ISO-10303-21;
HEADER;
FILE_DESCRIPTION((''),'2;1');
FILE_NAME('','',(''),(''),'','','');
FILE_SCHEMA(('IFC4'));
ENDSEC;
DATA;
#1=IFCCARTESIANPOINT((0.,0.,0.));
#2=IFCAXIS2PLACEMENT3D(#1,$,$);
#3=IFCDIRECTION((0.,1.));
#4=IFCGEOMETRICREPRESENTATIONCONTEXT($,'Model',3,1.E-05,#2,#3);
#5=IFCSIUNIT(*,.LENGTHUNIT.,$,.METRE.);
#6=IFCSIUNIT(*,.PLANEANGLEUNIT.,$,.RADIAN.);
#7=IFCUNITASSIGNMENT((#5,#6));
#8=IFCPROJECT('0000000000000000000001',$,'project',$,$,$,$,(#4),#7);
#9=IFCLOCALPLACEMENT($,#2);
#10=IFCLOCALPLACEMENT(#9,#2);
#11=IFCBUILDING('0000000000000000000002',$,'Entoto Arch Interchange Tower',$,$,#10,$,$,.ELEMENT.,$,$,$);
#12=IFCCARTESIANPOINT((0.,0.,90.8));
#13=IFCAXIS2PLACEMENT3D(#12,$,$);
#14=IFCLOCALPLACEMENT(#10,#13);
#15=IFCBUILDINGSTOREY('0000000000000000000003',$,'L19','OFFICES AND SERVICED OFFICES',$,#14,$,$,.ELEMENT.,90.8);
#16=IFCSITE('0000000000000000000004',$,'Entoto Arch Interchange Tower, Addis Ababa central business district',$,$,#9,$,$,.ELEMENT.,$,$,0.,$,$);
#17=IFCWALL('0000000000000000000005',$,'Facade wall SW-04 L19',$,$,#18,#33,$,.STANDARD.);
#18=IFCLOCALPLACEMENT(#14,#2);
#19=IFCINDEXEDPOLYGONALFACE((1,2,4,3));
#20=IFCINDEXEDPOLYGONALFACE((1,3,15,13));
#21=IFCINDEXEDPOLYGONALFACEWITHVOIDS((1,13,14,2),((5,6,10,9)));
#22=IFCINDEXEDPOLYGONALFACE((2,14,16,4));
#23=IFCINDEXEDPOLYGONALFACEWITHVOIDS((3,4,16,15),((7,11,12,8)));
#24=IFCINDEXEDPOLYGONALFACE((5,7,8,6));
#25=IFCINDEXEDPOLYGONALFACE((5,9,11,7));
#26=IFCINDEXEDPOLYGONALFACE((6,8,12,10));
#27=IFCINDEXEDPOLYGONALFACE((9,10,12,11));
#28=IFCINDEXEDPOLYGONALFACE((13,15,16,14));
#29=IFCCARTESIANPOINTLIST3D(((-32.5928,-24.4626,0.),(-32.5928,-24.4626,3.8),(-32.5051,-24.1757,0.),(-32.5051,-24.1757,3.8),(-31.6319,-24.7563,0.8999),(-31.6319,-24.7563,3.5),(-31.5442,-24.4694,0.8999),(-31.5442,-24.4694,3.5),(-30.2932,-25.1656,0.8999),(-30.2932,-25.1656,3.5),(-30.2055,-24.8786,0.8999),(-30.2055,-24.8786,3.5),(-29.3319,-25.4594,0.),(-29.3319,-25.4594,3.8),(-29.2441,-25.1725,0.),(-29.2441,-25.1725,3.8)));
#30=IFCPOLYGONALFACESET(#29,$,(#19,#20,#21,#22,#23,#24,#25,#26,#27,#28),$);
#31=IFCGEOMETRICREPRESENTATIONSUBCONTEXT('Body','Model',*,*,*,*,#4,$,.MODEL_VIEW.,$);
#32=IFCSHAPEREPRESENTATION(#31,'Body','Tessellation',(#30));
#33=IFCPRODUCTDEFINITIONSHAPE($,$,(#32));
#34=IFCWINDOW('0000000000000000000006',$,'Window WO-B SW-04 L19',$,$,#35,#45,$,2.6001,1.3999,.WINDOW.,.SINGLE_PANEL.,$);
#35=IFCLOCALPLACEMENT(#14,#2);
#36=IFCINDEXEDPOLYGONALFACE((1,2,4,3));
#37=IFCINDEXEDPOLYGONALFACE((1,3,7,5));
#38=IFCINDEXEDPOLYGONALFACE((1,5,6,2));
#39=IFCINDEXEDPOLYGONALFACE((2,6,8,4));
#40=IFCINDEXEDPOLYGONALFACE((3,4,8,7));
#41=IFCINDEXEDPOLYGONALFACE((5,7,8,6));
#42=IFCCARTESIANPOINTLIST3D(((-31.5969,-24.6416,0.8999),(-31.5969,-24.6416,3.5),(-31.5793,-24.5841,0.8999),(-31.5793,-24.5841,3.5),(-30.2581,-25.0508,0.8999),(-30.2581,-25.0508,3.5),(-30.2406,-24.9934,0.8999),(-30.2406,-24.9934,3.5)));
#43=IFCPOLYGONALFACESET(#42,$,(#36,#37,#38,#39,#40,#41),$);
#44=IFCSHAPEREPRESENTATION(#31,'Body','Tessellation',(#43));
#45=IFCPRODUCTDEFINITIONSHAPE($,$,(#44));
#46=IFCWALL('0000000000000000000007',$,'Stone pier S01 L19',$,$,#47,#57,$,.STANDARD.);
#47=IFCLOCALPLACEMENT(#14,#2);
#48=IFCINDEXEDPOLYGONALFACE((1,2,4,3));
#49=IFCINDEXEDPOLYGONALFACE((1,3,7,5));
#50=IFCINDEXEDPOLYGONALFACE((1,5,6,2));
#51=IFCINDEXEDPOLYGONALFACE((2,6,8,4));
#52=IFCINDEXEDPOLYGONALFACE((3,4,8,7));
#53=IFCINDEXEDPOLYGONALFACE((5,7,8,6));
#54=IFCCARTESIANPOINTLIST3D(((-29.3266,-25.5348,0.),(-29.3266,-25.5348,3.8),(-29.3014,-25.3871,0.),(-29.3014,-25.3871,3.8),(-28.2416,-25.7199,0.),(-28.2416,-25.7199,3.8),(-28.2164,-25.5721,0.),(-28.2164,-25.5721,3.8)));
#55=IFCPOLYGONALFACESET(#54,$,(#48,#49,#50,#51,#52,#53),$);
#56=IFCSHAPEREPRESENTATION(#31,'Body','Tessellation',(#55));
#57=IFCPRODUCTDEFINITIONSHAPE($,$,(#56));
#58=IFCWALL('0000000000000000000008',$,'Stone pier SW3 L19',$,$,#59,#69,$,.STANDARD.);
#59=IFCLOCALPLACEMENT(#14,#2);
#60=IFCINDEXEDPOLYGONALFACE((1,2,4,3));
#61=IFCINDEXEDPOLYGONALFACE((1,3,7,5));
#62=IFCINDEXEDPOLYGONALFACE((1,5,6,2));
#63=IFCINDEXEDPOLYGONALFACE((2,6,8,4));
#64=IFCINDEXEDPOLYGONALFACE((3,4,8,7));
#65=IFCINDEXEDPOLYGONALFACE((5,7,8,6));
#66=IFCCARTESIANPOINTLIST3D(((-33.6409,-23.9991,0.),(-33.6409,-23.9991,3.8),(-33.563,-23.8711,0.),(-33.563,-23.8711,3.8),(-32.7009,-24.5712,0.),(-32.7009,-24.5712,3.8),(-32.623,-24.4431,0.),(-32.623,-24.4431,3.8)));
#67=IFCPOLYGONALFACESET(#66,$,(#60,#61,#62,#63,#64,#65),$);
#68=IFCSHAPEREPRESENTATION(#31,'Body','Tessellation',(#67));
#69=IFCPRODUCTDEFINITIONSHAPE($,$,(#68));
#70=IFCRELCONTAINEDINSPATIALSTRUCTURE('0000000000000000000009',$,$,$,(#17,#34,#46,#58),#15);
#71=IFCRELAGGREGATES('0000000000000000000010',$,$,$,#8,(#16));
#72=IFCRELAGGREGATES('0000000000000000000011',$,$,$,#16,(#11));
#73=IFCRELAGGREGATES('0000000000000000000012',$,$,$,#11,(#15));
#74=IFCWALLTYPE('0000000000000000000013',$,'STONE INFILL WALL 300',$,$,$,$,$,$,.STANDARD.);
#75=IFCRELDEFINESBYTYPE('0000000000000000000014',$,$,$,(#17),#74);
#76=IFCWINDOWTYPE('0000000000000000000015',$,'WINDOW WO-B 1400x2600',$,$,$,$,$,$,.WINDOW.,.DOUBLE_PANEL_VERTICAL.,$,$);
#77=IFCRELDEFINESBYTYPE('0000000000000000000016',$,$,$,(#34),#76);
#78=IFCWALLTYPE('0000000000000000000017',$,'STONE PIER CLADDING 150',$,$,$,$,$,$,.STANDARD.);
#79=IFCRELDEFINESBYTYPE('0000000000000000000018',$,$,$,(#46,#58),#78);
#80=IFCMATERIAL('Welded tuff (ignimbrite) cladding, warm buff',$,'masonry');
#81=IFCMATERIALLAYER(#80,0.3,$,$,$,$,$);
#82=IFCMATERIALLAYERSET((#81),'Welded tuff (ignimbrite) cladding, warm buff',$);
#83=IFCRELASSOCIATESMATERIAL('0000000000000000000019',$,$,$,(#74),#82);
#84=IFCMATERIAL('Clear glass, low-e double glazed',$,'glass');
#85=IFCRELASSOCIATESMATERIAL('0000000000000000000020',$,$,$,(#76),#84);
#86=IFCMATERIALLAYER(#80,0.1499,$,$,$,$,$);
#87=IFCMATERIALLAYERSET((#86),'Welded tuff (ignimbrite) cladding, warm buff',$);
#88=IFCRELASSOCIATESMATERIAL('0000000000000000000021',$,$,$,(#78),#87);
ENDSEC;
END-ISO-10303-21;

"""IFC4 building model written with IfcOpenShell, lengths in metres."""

from ifc_helpers import new_model, si_unit, direction, frame, frame_2d, origin, place, context, subcontext, project, spatial, rectangle, extrude, material, layer, layer_set, type_object, element, fill, save


model = new_model("IFC4")

# Units and contexts
model_context = context("Model", 3, precision=1e-05, world=origin(), true_north=direction((0.0, 1.0)))
body_context = subcontext(model_context, "Body", "Model", "MODEL_VIEW")
ifc_project = project(units=[si_unit("LENGTHUNIT", "METRE"), si_unit("PLANEANGLEUNIT", "RADIAN")], contexts=[model_context])

# Site, building, storey
site_placement = place(None, origin())
site = spatial("IfcSite", under=ifc_project, at=site_placement, Name="Entoto Arch Interchange Tower, Addis Ababa central business district", CompositionType="ELEMENT", RefElevation=0.0)
building_placement = place(site_placement, origin())
building = spatial("IfcBuilding", under=site, at=building_placement, Name="Entoto Arch Interchange Tower", CompositionType="ELEMENT")
storey_placement = place(building_placement, frame((0.0, 0.0, 90.8)))
storey = spatial("IfcBuildingStorey", under=building, at=storey_placement, Name="L19", Description="OFFICES AND SERVICED OFFICES", CompositionType="ELEMENT", Elevation=90.8)

# Shared definitions
ifc_material_1 = material(Name="Welded tuff (ignimbrite) cladding, warm buff", Category="masonry")
ifc_layer_1 = layer(ifc_material_1, 0.3)
ifc_layer_set_1 = layer_set([ifc_layer_1], Name="Welded tuff (ignimbrite) cladding, warm buff")
wall_type_1 = type_object("IfcWallType", Name="STONE INFILL WALL 300", PredefinedType="STANDARD", material=ifc_layer_set_1)
ifc_material_2 = material(Name="Clear glass, low-e double glazed", Category="glass")

# Wall, opening, window
window_type_1 = type_object("IfcWindowType", Name="WINDOW WO-B 1400x2600", PartitioningType="DOUBLE_PANEL_VERTICAL", PredefinedType="WINDOW", material=ifc_material_2)
wall_1_placement = place(storey_placement, frame((-32.5491, -24.3191, 0.0), z_axis=(0.0, 0.0, 1.0), x_axis=(0.956318, -0.292329, 0.0)))
wall_1 = element("IfcWall", 1, at=wall_1_placement, inside=storey, type_object=wall_type_1, Name="Facade wall SW-04 L19", PredefinedType="STANDARD", context=body_context, shape_type="SweptSolid", body=[
    extrude(rectangle(XDim=3.4099, YDim=0.3, at=frame_2d((1.7051, 0.0))), origin(), (0.0, 0.0, 1.0), 3.8),
])
opening_1_placement = place(wall_1_placement, frame((1.0049, 0.0, 0.8999)))
opening_1 = element("IfcOpeningElement", 2, at=opening_1_placement, cuts=wall_1, PredefinedType="OPENING", context=body_context, shape_type="SweptSolid", body=[
    extrude(rectangle(XDim=1.3999, YDim=2.6001, at=frame_2d((0.7, 1.3))), frame((0.0, 0.1602, 0.0), z_axis=(0.0, -1.0, 0.0), x_axis=(1.0, 0.0, 0.0)), (0.0, 0.0, 1.0), 0.3201),
])
window_1_placement = place(opening_1_placement, origin())
window_1 = element("IfcWindow", 3, at=window_1_placement, inside=storey, type_object=window_type_1, Name="Window WO-B SW-04 L19", OverallHeight=2.6001, OverallWidth=1.3999, PartitioningType="SINGLE_PANEL", PredefinedType="WINDOW", context=body_context, shape_type="SweptSolid", body=[
    extrude(rectangle(XDim=1.3999, YDim=2.6001, at=frame_2d((0.7, 1.3))), frame((0.0, 0.03, 0.0), z_axis=(0.0, -1.0, 0.0), x_axis=(1.0, 0.0, 0.0)), (0.0, 0.0, 1.0), 0.0601),
])
fill(opening_1, window_1)

# Walls
ifc_layer_2 = layer(ifc_material_1, 0.1499)
ifc_layer_set_2 = layer_set([ifc_layer_2], Name="Welded tuff (ignimbrite) cladding, warm buff")
wall_type_2 = type_object("IfcWallType", Name="STONE PIER CLADDING 150", PredefinedType="STANDARD", material=ifc_layer_set_2)
wall_2_placement = place(storey_placement, frame((-29.314, -25.4609, 0.0), z_axis=(0.0, 0.0, 1.0), x_axis=(0.985763, -0.168139, 0.0)))
element("IfcWall", 4, at=wall_2_placement, inside=storey, type_object=wall_type_2, Name="Stone pier S01 L19", PredefinedType="STANDARD", context=body_context, shape_type="SweptSolid", body=[
    extrude(rectangle(XDim=1.1006, YDim=0.1499, at=frame_2d((0.5503, 0.0))), origin(), (0.0, 0.0, 1.0), 3.8),
])
wall_3_placement = place(storey_placement, frame((-33.6021, -23.9351, 0.0), z_axis=(0.0, 0.0, 1.0), x_axis=(0.854246, -0.51987, 0.0)))
element("IfcWall", 5, at=wall_3_placement, inside=storey, type_object=wall_type_2, Name="Stone pier SW3 L19", PredefinedType="STANDARD", context=body_context, shape_type="SweptSolid", body=[
    extrude(rectangle(XDim=1.1003, YDim=0.1499, at=frame_2d((0.5503, 0.0))), origin(), (0.0, 0.0, 1.0), 3.8),
])

save(model, "model.ifc")
